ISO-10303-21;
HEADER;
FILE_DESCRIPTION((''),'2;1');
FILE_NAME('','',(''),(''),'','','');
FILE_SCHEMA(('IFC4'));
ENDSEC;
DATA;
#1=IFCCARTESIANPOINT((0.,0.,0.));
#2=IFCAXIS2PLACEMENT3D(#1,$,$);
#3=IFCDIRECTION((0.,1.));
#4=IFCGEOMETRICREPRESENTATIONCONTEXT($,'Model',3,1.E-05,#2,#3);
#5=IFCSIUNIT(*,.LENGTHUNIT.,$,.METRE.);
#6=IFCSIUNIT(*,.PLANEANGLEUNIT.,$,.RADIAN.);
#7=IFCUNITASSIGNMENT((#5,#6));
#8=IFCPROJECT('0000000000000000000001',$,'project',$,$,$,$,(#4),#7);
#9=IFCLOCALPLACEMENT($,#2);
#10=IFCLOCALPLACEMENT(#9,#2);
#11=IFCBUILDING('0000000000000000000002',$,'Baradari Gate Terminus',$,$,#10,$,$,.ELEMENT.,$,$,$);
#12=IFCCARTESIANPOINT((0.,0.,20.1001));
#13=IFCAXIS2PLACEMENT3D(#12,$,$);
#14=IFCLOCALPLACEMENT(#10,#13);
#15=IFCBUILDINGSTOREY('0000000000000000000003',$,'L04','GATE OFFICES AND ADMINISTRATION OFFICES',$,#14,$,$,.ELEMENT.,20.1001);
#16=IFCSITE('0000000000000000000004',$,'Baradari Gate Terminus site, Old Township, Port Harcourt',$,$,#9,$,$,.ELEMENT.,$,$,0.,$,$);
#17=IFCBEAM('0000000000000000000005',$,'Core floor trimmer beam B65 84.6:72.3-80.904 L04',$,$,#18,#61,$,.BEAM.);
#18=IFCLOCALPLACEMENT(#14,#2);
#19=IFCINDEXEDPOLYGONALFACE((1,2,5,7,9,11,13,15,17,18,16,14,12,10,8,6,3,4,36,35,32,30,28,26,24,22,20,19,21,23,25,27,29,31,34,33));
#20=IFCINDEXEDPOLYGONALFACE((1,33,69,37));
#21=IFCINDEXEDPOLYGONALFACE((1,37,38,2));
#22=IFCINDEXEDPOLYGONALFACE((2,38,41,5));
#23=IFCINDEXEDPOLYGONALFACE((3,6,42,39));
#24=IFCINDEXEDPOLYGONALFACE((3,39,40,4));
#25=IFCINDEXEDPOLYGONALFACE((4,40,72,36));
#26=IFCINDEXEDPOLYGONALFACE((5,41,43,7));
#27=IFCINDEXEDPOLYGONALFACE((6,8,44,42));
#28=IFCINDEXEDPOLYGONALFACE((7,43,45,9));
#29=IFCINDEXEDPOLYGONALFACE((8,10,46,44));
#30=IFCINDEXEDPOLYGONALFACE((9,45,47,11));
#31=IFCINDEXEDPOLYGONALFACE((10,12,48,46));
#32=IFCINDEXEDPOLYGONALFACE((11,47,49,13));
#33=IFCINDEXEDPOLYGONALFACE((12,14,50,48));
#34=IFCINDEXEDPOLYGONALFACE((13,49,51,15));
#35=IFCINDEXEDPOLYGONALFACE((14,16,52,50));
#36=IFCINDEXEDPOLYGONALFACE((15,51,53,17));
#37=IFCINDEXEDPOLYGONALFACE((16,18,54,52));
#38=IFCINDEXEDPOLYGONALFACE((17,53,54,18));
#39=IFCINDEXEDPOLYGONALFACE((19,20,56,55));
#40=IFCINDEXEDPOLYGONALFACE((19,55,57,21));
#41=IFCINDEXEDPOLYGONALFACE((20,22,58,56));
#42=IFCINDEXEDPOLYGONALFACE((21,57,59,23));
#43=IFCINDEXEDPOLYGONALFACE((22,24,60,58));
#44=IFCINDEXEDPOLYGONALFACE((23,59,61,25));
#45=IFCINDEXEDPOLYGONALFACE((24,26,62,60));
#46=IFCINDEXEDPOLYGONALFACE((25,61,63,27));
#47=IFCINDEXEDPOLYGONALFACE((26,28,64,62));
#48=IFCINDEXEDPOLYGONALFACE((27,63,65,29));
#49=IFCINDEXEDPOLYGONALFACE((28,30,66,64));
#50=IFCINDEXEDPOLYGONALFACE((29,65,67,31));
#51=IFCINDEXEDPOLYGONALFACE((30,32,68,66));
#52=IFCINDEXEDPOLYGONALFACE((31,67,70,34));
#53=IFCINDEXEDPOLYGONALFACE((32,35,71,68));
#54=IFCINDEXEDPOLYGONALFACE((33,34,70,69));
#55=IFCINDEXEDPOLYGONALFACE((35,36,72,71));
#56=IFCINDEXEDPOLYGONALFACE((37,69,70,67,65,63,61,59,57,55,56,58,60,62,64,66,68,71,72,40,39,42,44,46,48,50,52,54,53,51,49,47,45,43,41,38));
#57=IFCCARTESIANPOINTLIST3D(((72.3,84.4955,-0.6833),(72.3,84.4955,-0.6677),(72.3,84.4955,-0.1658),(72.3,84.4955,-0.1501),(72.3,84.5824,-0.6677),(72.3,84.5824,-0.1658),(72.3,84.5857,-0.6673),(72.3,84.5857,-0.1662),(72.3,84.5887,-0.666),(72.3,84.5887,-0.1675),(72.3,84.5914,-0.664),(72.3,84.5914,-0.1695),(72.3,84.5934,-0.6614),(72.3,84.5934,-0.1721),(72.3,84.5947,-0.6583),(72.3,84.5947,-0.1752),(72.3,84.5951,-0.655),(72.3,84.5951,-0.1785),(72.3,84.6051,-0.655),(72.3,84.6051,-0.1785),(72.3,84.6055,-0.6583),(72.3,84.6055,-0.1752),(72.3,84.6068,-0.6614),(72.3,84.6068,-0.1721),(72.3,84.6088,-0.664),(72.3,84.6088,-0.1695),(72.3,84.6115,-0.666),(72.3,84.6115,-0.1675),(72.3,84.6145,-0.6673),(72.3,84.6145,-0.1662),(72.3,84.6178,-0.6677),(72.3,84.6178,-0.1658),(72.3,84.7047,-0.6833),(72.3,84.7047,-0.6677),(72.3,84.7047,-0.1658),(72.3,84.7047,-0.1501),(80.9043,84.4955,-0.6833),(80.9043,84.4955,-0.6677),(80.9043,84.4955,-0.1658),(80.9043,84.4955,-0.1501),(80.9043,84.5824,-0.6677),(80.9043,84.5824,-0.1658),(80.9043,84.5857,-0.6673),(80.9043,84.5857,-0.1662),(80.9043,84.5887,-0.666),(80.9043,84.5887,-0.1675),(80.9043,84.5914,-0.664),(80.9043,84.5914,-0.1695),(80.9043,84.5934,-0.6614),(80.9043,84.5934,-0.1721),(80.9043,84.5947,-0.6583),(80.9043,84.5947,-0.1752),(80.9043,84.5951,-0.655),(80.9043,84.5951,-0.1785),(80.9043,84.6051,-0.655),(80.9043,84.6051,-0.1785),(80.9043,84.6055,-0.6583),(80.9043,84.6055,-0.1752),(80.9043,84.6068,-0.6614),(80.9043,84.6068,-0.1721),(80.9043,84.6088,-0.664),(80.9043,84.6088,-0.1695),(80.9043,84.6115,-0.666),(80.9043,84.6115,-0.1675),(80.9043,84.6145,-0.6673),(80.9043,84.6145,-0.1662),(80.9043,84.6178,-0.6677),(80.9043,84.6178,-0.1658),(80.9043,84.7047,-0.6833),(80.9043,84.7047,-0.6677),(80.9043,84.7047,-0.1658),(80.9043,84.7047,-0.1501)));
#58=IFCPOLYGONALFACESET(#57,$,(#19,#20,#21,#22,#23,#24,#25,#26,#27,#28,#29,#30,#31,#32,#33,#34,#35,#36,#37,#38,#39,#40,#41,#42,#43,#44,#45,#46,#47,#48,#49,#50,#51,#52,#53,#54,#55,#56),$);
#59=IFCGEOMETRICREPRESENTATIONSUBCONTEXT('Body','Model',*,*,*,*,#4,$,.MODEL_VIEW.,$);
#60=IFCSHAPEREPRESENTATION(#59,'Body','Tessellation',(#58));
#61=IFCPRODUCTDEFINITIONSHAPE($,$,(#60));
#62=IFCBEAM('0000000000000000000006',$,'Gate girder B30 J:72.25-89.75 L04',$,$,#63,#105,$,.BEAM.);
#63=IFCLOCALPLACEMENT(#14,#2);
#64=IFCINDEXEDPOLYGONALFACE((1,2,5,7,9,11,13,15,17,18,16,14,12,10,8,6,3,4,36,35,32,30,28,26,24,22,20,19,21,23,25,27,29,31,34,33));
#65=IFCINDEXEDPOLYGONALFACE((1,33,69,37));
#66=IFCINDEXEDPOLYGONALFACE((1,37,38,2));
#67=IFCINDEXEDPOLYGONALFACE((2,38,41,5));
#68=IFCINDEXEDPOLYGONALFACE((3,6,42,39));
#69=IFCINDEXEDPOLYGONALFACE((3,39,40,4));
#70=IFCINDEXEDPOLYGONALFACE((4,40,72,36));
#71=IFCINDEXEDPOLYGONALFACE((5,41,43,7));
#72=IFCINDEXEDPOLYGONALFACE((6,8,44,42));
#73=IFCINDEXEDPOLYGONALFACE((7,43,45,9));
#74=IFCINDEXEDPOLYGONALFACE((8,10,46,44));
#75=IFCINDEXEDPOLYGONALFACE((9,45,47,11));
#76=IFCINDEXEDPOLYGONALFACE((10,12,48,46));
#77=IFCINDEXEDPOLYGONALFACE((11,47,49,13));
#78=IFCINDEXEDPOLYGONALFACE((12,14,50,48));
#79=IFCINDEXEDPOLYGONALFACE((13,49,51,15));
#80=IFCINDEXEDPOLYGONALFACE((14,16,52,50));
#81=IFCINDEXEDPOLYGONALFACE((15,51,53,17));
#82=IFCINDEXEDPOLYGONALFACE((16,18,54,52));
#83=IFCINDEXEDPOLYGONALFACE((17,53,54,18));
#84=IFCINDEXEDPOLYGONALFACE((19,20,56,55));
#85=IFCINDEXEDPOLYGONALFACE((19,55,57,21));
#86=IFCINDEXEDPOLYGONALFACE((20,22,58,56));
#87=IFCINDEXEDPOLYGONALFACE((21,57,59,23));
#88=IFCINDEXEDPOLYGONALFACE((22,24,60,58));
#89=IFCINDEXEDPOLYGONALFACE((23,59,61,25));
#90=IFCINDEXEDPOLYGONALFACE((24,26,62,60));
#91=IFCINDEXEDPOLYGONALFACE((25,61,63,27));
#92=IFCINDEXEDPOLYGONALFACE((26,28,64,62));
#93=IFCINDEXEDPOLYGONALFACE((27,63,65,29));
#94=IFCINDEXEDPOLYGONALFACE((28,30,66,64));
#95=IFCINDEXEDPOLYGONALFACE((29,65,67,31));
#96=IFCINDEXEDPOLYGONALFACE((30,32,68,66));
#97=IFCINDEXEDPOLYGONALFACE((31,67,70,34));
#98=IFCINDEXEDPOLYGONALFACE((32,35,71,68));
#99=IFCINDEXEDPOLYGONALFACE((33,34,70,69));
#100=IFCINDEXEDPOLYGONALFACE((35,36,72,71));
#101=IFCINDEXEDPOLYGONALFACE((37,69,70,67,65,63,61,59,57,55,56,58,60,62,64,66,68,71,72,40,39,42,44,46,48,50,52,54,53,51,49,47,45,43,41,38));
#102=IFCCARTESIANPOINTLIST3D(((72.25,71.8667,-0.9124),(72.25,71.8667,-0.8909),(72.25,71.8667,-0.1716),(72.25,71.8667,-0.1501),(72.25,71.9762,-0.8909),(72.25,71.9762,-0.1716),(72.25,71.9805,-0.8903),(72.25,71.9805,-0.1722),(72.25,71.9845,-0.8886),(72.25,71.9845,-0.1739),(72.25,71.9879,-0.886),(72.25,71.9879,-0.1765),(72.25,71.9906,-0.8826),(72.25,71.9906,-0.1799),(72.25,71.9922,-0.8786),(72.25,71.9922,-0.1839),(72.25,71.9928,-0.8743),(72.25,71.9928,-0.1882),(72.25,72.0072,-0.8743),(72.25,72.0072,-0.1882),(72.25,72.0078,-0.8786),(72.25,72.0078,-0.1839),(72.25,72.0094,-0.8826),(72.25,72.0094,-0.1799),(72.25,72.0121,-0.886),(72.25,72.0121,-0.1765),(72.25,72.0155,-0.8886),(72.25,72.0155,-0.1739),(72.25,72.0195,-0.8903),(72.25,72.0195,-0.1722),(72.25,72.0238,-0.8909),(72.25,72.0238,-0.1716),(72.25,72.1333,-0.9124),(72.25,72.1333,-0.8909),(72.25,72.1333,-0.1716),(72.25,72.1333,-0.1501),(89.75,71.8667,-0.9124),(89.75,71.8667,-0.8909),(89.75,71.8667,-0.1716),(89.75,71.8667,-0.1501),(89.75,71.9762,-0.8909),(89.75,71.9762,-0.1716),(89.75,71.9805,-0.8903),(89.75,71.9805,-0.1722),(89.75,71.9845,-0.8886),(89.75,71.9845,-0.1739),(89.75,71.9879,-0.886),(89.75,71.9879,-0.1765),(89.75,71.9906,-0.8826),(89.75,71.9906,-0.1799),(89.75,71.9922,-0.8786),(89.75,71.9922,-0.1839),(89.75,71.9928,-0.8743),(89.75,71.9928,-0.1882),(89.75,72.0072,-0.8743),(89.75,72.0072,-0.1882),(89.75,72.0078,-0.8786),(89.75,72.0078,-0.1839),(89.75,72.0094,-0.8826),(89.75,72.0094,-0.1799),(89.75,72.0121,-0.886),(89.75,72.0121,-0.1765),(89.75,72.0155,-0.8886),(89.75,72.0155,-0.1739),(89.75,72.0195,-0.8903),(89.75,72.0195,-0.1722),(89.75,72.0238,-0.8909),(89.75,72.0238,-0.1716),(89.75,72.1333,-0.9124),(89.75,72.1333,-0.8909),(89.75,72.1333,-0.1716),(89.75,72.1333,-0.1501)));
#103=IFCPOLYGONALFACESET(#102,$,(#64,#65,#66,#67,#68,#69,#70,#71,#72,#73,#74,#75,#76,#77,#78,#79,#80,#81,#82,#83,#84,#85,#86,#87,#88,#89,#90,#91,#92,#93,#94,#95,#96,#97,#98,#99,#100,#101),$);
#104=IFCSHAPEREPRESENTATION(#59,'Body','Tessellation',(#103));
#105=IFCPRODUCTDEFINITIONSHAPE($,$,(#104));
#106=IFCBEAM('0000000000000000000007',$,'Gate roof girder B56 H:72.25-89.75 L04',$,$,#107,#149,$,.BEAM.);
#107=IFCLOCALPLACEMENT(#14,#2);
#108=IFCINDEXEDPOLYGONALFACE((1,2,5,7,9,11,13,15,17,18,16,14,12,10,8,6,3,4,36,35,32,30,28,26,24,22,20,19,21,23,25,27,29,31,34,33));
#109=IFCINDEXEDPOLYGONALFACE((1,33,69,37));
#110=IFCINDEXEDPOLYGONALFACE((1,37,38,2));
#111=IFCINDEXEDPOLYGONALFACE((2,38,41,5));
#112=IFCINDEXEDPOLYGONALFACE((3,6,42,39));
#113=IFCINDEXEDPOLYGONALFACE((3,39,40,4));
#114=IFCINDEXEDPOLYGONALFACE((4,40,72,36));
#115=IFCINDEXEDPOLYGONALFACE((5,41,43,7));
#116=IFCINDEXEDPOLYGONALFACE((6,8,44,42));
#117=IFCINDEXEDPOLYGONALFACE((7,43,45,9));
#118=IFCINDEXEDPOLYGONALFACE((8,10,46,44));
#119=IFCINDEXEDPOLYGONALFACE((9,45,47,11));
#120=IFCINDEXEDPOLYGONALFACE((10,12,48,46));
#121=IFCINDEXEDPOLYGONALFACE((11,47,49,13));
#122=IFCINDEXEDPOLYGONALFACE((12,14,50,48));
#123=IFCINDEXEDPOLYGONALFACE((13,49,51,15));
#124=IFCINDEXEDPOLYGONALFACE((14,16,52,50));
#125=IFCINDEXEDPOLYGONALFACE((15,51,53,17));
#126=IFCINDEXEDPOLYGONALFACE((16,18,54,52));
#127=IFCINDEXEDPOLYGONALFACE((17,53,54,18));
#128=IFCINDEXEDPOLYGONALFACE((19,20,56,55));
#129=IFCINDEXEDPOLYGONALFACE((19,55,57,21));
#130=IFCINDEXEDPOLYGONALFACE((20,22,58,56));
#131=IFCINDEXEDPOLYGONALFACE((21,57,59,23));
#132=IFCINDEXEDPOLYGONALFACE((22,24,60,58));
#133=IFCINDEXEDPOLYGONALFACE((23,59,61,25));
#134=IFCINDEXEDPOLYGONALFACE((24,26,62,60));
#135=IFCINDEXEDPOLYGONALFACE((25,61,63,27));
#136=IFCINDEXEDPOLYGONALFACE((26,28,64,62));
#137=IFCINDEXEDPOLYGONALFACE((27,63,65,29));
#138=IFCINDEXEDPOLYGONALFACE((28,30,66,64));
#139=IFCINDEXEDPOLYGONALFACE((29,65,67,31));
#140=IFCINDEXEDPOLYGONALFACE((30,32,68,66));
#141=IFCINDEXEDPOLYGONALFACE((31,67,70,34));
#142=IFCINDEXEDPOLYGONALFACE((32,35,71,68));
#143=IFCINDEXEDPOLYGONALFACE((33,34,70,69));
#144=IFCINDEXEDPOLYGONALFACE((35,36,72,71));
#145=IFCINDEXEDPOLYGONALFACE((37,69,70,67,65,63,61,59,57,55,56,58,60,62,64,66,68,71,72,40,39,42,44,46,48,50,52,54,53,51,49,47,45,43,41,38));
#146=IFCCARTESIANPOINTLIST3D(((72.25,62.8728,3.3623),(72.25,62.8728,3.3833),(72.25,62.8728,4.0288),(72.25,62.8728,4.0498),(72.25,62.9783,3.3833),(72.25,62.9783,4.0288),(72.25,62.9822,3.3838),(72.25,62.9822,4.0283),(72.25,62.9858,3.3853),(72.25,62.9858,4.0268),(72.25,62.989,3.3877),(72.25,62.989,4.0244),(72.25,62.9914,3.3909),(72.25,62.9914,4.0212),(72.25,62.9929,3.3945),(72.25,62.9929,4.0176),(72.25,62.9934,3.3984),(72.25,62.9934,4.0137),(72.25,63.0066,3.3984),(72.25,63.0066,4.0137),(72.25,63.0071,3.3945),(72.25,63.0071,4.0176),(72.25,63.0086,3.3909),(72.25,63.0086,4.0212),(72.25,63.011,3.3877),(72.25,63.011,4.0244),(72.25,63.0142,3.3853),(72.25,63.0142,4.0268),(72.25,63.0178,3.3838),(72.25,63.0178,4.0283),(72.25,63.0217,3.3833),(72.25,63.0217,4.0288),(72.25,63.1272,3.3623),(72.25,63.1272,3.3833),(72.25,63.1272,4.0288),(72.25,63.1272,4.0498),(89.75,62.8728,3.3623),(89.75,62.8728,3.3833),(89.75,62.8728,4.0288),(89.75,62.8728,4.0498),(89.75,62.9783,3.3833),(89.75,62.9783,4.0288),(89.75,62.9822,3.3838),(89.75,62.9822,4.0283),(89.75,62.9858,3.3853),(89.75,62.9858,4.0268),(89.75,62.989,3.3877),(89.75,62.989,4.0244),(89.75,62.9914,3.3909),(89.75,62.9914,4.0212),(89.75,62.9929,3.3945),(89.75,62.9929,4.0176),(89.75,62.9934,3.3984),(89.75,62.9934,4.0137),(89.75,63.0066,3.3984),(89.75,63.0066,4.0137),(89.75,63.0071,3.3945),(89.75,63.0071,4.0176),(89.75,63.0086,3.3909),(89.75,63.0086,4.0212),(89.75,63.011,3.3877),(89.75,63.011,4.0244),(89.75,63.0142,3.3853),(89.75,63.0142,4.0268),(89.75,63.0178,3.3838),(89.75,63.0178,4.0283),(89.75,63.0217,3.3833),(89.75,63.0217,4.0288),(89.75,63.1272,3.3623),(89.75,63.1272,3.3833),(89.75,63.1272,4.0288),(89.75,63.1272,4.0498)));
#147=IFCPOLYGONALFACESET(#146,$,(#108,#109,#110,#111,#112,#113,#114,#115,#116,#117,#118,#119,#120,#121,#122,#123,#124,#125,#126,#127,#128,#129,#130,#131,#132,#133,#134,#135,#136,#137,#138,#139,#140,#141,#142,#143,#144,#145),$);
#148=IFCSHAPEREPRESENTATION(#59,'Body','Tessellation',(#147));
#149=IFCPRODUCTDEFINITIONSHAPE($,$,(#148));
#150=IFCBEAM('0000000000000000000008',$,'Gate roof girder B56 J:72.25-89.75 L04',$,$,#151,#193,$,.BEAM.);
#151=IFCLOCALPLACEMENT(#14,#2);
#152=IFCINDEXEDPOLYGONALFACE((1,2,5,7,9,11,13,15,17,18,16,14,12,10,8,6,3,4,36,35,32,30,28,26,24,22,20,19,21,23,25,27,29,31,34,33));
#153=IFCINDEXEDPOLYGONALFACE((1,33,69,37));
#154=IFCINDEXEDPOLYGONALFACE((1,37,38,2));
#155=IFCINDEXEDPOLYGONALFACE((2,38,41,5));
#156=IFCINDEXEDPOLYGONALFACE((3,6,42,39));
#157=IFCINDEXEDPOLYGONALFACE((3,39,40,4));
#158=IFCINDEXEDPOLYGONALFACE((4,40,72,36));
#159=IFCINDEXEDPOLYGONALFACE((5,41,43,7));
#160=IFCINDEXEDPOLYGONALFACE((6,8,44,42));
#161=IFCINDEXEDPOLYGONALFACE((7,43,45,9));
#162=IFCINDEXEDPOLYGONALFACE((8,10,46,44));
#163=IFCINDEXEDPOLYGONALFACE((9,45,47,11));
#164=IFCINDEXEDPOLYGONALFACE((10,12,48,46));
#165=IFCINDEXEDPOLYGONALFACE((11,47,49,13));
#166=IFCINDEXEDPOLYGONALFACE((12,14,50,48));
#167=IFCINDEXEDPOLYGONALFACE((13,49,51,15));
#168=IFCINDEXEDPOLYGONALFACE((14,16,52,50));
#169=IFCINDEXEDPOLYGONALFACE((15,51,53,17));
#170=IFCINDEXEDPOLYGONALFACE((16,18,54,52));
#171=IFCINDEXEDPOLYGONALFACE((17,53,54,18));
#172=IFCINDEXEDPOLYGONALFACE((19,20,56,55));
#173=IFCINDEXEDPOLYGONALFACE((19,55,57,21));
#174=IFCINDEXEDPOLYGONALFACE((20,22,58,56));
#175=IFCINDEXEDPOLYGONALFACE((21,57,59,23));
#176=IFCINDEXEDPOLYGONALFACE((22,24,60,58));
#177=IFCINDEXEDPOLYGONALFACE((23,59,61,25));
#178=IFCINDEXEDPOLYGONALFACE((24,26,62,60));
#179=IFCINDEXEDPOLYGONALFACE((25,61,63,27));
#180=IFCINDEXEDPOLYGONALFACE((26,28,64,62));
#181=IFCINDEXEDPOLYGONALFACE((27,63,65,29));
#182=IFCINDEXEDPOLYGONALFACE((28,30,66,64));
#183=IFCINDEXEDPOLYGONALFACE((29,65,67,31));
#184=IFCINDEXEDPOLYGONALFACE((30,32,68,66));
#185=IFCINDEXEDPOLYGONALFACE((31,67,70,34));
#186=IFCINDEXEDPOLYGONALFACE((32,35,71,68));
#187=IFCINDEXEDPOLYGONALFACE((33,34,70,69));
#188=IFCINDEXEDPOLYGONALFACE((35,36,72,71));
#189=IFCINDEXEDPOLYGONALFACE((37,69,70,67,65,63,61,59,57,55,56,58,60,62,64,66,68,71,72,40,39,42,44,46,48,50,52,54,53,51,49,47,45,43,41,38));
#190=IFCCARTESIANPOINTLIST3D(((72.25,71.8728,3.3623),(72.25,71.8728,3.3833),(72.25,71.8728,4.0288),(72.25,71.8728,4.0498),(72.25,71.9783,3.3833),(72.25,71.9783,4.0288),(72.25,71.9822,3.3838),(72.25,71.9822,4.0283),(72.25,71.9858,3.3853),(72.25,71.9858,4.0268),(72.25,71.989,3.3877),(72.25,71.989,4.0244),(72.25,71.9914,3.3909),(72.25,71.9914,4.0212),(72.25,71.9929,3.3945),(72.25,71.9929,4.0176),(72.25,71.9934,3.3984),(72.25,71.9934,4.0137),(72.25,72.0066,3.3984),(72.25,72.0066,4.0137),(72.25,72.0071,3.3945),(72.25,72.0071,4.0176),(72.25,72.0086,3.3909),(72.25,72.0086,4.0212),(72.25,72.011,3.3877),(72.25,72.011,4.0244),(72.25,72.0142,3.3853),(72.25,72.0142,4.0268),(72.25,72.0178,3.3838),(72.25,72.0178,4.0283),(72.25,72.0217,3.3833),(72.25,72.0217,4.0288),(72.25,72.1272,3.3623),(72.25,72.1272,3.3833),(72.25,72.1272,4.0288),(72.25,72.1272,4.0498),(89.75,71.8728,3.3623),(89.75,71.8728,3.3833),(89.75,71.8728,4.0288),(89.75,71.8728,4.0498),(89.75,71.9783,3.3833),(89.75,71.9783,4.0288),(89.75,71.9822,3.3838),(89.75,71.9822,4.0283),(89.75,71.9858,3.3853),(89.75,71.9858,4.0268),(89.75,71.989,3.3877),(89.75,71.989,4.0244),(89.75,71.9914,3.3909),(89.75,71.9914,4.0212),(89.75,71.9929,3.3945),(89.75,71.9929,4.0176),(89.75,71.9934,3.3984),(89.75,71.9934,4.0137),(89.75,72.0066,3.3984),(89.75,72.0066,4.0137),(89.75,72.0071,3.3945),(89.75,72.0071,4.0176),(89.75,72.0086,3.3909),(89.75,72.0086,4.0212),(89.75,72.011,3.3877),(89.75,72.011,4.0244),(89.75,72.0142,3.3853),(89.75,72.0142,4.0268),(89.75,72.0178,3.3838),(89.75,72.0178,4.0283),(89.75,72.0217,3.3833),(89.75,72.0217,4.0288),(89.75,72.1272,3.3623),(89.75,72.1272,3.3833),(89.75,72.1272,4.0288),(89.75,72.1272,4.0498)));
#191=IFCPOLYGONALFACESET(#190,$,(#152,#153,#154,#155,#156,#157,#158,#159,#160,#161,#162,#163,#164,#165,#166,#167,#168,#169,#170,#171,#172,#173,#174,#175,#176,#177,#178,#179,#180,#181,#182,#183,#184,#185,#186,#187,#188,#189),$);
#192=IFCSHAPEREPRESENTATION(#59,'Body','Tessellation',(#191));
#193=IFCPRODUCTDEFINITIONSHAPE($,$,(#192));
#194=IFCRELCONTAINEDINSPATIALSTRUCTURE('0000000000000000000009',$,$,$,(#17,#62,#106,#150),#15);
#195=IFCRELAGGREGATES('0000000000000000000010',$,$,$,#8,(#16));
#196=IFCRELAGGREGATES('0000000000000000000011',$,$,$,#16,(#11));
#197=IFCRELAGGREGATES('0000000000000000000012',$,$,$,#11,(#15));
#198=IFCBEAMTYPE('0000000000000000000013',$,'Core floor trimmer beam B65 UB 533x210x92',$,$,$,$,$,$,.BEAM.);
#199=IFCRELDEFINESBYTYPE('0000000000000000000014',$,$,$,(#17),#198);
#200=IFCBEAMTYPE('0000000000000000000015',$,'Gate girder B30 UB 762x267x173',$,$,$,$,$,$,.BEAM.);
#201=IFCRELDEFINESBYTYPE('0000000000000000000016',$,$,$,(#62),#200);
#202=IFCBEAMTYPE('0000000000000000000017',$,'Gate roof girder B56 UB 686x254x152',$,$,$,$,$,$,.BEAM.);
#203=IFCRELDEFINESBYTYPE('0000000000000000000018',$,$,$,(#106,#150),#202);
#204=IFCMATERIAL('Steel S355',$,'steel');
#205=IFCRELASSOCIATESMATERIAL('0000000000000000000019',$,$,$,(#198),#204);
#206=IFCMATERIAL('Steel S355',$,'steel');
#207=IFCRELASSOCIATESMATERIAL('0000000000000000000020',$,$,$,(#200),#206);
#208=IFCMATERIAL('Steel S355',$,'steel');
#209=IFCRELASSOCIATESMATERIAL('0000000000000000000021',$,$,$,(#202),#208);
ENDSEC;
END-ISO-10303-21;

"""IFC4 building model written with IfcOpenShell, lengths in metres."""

from ifc_helpers import new_model, si_unit, direction, frame, origin, origin_2d, place, context, subcontext, project, spatial, i_section, extrude, material, material_profile, profile_set, type_object, element, save


model = new_model("IFC4")

# Units and contexts
model_context = context("Model", 3, precision=1e-05, world=origin(), true_north=direction((0.0, 1.0)))
body_context = subcontext(model_context, "Body", "Model", "MODEL_VIEW")
ifc_project = project(units=[si_unit("LENGTHUNIT", "METRE"), si_unit("PLANEANGLEUNIT", "RADIAN")], contexts=[model_context])

# Site, building, storey
site_placement = place(None, origin())
site = spatial("IfcSite", under=ifc_project, at=site_placement, Name="Baradari Gate Terminus site, Old Township, Port Harcourt", CompositionType="ELEMENT", RefElevation=0.0)
building_placement = place(site_placement, origin())
building = spatial("IfcBuilding", under=site, at=building_placement, Name="Baradari Gate Terminus", CompositionType="ELEMENT")
storey_placement = place(building_placement, frame((0.0, 0.0, 20.1001)))
storey = spatial("IfcBuildingStorey", under=building, at=storey_placement, Name="L04", Description="GATE OFFICES AND ADMINISTRATION OFFICES", CompositionType="ELEMENT", Elevation=20.1001)

# Beams
ifc_material_1 = material(Name="Steel S355", Category="steel")
ifc_material_profile_1 = material_profile(ifc_material_1, i_section(OverallWidth=0.2092, OverallDepth=0.5332, WebThickness=0.01, FlangeThickness=0.0156, FilletRadius=0.0127, at=origin_2d()), Name="UB 533x210x92")
ifc_profile_set_1 = profile_set([ifc_material_profile_1], Name="Steel S355")
beam_type_1 = type_object("IfcBeamType", Name="Core floor trimmer beam B65 UB 533x210x92", PredefinedType="BEAM", material=ifc_profile_set_1)
beam_1_placement = place(storey_placement, frame((72.3, 84.6001, -0.4167), z_axis=(1.0, 0.0, 0.0), x_axis=(0.0, 1.0, 0.0)))
element("IfcBeam", 1, at=beam_1_placement, inside=storey, type_object=beam_type_1, Name="Core floor trimmer beam B65 84.6:72.3-80.904 L04", PredefinedType="BEAM", context=body_context, shape_type="SweptSolid", body=[
    extrude(i_section(OverallWidth=0.2092, OverallDepth=0.5332, WebThickness=0.01, FlangeThickness=0.0156, FilletRadius=0.0127, at=origin_2d()), origin(), (0.0, 0.0, 1.0), 8.6042),
])
ifc_material_2 = material(Name="Steel S355", Category="steel")
ifc_material_profile_2 = material_profile(ifc_material_2, i_section(OverallWidth=0.2666, OverallDepth=0.7622, WebThickness=0.0144, FlangeThickness=0.0215, FilletRadius=0.0166, at=origin_2d()), Name="UB 762x267x173")
ifc_profile_set_2 = profile_set([ifc_material_profile_2], Name="Steel S355")
beam_type_2 = type_object("IfcBeamType", Name="Gate girder B30 UB 762x267x173", PredefinedType="BEAM", material=ifc_profile_set_2)
beam_2_placement = place(storey_placement, frame((72.25, 72.0, -0.5312), z_axis=(1.0, 0.0, 0.0), x_axis=(0.0, 1.0, 0.0)))
element("IfcBeam", 2, at=beam_2_placement, inside=storey, type_object=beam_type_2, Name="Gate girder B30 J:72.25-89.75 L04", PredefinedType="BEAM", context=body_context, shape_type="SweptSolid", body=[
    extrude(i_section(OverallWidth=0.2666, OverallDepth=0.7622, WebThickness=0.0144, FlangeThickness=0.0215, FilletRadius=0.0166, at=origin_2d()), origin(), (0.0, 0.0, 1.0), 17.5),
])
ifc_material_3 = material(Name="Steel S355", Category="steel")
ifc_material_profile_3 = material_profile(ifc_material_3, i_section(OverallWidth=0.2544, OverallDepth=0.6875, WebThickness=0.0132, FlangeThickness=0.021, FilletRadius=0.0151, at=origin_2d()), Name="UB 686x254x152")
ifc_profile_set_3 = profile_set([ifc_material_profile_3], Name="Steel S355")
beam_type_3 = type_object("IfcBeamType", Name="Gate roof girder B56 UB 686x254x152", PredefinedType="BEAM", material=ifc_profile_set_3)
for number, where, z_axis, x_axis, name in (
    (3, (72.25, 63.0, 3.7061), (1.0, 0.0, 0.0), (0.0, 1.0, 0.0), "Gate roof girder B56 H:72.25-89.75 L04"),
    (4, (72.25, 72.0, 3.7061), (1.0, 0.0, 0.0), (0.0, 1.0, 0.0), "Gate roof girder B56 J:72.25-89.75 L04"),
):
    element("IfcBeam", number, at=place(storey_placement, frame(where, z_axis=z_axis, x_axis=x_axis)), inside=storey, type_object=beam_type_3, Name=name, PredefinedType="BEAM", context=body_context, shape_type="SweptSolid", body=[
        extrude(i_section(OverallWidth=0.2544, OverallDepth=0.6875, WebThickness=0.0132, FlangeThickness=0.021, FilletRadius=0.0151, at=origin_2d()), origin(), (0.0, 0.0, 1.0), 17.5),
    ])

save(model, "model.ifc")
